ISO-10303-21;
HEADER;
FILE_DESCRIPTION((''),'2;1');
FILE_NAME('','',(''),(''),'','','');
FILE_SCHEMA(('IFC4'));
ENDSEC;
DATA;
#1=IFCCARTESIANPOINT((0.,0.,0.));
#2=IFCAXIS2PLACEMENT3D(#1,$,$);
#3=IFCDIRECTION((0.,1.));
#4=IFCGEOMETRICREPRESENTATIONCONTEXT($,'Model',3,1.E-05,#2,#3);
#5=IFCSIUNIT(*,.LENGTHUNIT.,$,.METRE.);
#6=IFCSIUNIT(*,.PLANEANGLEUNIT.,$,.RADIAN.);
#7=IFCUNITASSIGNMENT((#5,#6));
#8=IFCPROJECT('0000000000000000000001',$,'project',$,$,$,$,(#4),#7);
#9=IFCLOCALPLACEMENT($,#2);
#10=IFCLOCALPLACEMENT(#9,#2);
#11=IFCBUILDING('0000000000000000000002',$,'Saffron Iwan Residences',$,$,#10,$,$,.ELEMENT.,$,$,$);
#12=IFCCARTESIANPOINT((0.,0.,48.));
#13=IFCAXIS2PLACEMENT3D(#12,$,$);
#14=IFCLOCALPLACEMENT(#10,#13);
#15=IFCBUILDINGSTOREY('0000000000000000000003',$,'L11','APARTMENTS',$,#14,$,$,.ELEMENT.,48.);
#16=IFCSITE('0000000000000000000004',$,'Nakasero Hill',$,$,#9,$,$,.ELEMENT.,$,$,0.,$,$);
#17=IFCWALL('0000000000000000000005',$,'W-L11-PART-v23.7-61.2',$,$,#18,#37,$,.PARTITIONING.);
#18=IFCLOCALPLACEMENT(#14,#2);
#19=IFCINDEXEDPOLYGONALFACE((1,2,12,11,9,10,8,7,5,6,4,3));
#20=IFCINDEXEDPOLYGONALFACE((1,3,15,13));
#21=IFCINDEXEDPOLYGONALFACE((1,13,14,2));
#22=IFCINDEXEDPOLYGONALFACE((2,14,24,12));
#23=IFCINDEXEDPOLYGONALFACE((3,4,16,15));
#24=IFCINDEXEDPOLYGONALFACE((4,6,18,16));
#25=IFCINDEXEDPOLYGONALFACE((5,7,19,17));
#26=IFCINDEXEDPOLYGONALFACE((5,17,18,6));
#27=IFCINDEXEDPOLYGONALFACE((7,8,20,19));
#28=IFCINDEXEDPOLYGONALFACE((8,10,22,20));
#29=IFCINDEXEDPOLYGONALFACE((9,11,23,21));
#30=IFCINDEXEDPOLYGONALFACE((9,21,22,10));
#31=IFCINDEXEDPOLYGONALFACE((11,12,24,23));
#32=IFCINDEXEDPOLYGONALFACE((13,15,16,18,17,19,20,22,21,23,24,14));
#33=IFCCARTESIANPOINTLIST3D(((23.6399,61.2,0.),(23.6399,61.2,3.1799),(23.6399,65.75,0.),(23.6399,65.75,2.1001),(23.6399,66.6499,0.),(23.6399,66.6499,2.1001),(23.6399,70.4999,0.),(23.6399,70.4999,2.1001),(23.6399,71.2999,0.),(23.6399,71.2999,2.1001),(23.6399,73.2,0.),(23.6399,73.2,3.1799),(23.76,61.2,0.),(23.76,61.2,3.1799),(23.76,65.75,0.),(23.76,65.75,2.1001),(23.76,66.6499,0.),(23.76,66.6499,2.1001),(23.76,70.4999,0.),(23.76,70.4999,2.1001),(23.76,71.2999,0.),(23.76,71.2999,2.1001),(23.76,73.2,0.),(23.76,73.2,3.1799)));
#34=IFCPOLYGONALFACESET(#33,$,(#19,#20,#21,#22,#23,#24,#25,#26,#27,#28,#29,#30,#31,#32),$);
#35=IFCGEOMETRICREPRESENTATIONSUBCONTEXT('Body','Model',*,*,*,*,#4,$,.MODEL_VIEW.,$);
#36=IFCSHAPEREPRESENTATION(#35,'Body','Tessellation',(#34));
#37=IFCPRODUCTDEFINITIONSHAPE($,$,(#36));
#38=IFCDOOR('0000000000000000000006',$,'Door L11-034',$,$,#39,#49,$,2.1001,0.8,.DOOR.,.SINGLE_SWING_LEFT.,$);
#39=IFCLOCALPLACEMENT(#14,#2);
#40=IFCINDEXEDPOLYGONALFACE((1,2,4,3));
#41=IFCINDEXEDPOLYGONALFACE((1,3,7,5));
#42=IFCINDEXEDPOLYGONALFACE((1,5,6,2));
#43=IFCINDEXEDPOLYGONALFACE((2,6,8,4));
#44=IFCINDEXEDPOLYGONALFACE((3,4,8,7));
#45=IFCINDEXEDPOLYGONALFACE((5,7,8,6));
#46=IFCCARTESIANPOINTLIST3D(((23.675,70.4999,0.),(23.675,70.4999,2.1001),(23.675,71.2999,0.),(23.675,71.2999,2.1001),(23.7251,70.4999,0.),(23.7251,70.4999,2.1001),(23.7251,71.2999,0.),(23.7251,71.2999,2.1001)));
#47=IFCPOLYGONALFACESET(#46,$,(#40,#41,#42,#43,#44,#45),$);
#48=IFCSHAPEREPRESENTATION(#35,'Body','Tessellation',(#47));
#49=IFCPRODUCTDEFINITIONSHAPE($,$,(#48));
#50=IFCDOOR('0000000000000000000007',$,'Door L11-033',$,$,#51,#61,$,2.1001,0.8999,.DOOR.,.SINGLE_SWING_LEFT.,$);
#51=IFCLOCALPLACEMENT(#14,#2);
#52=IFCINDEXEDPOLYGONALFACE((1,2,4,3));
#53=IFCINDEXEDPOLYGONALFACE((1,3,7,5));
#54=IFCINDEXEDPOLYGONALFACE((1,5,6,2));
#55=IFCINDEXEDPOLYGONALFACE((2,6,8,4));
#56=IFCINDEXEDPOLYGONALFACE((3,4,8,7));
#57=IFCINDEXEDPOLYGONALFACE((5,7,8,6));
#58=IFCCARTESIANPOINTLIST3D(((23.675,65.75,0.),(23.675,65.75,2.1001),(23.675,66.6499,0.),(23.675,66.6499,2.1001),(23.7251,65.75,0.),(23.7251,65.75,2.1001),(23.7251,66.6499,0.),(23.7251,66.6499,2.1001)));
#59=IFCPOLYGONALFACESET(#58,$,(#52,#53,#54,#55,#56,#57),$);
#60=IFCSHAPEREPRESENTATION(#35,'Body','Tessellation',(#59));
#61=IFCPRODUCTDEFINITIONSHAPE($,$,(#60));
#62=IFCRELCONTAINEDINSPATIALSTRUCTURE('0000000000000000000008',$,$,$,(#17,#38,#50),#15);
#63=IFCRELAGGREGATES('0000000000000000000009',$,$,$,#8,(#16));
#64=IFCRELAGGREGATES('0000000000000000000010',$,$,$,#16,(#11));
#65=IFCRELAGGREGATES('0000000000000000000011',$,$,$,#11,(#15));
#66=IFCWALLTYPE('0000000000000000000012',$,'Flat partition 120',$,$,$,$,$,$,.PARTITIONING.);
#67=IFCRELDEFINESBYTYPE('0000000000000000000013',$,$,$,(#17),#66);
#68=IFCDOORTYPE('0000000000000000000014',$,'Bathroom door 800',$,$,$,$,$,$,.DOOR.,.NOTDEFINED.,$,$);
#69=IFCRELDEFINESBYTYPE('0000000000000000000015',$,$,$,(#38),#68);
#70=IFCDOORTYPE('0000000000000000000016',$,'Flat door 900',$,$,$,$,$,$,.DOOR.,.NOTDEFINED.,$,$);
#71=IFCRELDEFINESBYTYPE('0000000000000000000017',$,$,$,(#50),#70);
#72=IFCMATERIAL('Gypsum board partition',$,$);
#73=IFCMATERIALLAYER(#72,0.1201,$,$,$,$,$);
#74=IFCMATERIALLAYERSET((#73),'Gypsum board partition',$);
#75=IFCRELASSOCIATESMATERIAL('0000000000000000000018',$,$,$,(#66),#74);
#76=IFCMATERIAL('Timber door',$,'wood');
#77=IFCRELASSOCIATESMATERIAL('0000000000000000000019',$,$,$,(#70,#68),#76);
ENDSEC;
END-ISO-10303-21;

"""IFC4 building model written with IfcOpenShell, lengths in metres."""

from ifc_helpers import new_model, si_unit, direction, frame, frame_2d, origin, place, context, subcontext, project, spatial, rectangle, extrude, material, layer, layer_set, type_object, element, fill, save


model = new_model("IFC4")

# Units and contexts
model_context = context("Model", 3, precision=1e-05, world=origin(), true_north=direction((0.0, 1.0)))
body_context = subcontext(model_context, "Body", "Model", "MODEL_VIEW")
ifc_project = project(units=[si_unit("LENGTHUNIT", "METRE"), si_unit("PLANEANGLEUNIT", "RADIAN")], contexts=[model_context])

# Site, building, storey
site_placement = place(None, origin())
site = spatial("IfcSite", under=ifc_project, at=site_placement, Name="Nakasero Hill", CompositionType="ELEMENT", RefElevation=0.0)
building_placement = place(site_placement, origin())
building = spatial("IfcBuilding", under=site, at=building_placement, Name="Saffron Iwan Residences", CompositionType="ELEMENT")
storey_placement = place(building_placement, frame((0.0, 0.0, 48.0)))
storey = spatial("IfcBuildingStorey", under=building, at=storey_placement, Name="L11", Description="APARTMENTS", CompositionType="ELEMENT", Elevation=48.0)

# Shared definitions
ifc_material_1 = material(Name="Gypsum board partition")
ifc_layer_1 = layer(ifc_material_1, 0.1201)
ifc_layer_set_1 = layer_set([ifc_layer_1], Name="Gypsum board partition")
wall_type_1 = type_object("IfcWallType", Name="Flat partition 120", PredefinedType="PARTITIONING", material=ifc_layer_set_1)

# Shared definitions
ifc_material_2 = material(Name="Timber door", Category="wood")
door_type_1 = type_object("IfcDoorType", Name="Flat door 900", OperationType="NOTDEFINED", PredefinedType="DOOR", material=ifc_material_2)

# Wall, openings, doors
wall_1_placement = place(storey_placement, frame((23.7, 61.2, 0.0), z_axis=(0.0, 0.0, 1.0), x_axis=(0.0, 1.0, 0.0)))
wall_1 = element("IfcWall", 1, at=wall_1_placement, inside=storey, type_object=wall_type_1, Name="W-L11-PART-v23.7-61.2", PredefinedType="PARTITIONING", context=body_context, shape_type="SweptSolid", body=[
    extrude(rectangle(XDim=12.0, YDim=0.1201, at=frame_2d((6.0, 0.0))), origin(), (0.0, 0.0, 1.0), 3.1799),
])
opening_1_placement = place(wall_1_placement, frame((4.55, 0.0, 0.0)))
opening_1 = element("IfcOpeningElement", 2, at=opening_1_placement, cuts=wall_1, PredefinedType="OPENING", context=body_context, shape_type="SweptSolid", body=[
    extrude(rectangle(XDim=0.8999, YDim=2.1001, at=frame_2d((0.45, 1.05))), frame((0.0, 0.0701, 0.0), z_axis=(0.0, -1.0, 0.0), x_axis=(1.0, 0.0, 0.0)), (0.0, 0.0, 1.0), 0.1401),
])
opening_2_placement = place(wall_1_placement, frame((9.3, 0.0, 0.0)))
opening_2 = element("IfcOpeningElement", 3, at=opening_2_placement, cuts=wall_1, PredefinedType="OPENING", context=body_context, shape_type="SweptSolid", body=[
    extrude(rectangle(XDim=0.8, YDim=2.1001, at=frame_2d((0.3999, 1.05))), frame((0.0, 0.0701, 0.0), z_axis=(0.0, -1.0, 0.0), x_axis=(1.0, 0.0, 0.0)), (0.0, 0.0, 1.0), 0.1401),
])
door_type_2 = type_object("IfcDoorType", Name="Bathroom door 800", OperationType="NOTDEFINED", PredefinedType="DOOR", material=ifc_material_2)
door_1_placement = place(opening_2_placement, origin())
door_1 = element("IfcDoor", 4, at=door_1_placement, inside=storey, type_object=door_type_2, Name="Door L11-034", OperationType="SINGLE_SWING_LEFT", OverallHeight=2.1001, OverallWidth=0.8, PredefinedType="DOOR", context=body_context, shape_type="SweptSolid", body=[
    extrude(rectangle(XDim=0.8, YDim=2.1001, at=frame_2d((0.3999, 1.05))), frame((0.0, 0.0249, 0.0), z_axis=(0.0, -1.0, 0.0), x_axis=(1.0, 0.0, 0.0)), (0.0, 0.0, 1.0), 0.05),
])
fill(opening_2, door_1)
door_2_placement = place(opening_1_placement, origin())
door_2 = element("IfcDoor", 5, at=door_2_placement, inside=storey, type_object=door_type_1, Name="Door L11-033", OperationType="SINGLE_SWING_LEFT", OverallHeight=2.1001, OverallWidth=0.8999, PredefinedType="DOOR", context=body_context, shape_type="SweptSolid", body=[
    extrude(rectangle(XDim=0.8999, YDim=2.1001, at=frame_2d((0.45, 1.05))), frame((0.0, 0.0249, 0.0), z_axis=(0.0, -1.0, 0.0), x_axis=(1.0, 0.0, 0.0)), (0.0, 0.0, 1.0), 0.05),
])
fill(opening_1, door_2)

save(model, "model.ifc")
